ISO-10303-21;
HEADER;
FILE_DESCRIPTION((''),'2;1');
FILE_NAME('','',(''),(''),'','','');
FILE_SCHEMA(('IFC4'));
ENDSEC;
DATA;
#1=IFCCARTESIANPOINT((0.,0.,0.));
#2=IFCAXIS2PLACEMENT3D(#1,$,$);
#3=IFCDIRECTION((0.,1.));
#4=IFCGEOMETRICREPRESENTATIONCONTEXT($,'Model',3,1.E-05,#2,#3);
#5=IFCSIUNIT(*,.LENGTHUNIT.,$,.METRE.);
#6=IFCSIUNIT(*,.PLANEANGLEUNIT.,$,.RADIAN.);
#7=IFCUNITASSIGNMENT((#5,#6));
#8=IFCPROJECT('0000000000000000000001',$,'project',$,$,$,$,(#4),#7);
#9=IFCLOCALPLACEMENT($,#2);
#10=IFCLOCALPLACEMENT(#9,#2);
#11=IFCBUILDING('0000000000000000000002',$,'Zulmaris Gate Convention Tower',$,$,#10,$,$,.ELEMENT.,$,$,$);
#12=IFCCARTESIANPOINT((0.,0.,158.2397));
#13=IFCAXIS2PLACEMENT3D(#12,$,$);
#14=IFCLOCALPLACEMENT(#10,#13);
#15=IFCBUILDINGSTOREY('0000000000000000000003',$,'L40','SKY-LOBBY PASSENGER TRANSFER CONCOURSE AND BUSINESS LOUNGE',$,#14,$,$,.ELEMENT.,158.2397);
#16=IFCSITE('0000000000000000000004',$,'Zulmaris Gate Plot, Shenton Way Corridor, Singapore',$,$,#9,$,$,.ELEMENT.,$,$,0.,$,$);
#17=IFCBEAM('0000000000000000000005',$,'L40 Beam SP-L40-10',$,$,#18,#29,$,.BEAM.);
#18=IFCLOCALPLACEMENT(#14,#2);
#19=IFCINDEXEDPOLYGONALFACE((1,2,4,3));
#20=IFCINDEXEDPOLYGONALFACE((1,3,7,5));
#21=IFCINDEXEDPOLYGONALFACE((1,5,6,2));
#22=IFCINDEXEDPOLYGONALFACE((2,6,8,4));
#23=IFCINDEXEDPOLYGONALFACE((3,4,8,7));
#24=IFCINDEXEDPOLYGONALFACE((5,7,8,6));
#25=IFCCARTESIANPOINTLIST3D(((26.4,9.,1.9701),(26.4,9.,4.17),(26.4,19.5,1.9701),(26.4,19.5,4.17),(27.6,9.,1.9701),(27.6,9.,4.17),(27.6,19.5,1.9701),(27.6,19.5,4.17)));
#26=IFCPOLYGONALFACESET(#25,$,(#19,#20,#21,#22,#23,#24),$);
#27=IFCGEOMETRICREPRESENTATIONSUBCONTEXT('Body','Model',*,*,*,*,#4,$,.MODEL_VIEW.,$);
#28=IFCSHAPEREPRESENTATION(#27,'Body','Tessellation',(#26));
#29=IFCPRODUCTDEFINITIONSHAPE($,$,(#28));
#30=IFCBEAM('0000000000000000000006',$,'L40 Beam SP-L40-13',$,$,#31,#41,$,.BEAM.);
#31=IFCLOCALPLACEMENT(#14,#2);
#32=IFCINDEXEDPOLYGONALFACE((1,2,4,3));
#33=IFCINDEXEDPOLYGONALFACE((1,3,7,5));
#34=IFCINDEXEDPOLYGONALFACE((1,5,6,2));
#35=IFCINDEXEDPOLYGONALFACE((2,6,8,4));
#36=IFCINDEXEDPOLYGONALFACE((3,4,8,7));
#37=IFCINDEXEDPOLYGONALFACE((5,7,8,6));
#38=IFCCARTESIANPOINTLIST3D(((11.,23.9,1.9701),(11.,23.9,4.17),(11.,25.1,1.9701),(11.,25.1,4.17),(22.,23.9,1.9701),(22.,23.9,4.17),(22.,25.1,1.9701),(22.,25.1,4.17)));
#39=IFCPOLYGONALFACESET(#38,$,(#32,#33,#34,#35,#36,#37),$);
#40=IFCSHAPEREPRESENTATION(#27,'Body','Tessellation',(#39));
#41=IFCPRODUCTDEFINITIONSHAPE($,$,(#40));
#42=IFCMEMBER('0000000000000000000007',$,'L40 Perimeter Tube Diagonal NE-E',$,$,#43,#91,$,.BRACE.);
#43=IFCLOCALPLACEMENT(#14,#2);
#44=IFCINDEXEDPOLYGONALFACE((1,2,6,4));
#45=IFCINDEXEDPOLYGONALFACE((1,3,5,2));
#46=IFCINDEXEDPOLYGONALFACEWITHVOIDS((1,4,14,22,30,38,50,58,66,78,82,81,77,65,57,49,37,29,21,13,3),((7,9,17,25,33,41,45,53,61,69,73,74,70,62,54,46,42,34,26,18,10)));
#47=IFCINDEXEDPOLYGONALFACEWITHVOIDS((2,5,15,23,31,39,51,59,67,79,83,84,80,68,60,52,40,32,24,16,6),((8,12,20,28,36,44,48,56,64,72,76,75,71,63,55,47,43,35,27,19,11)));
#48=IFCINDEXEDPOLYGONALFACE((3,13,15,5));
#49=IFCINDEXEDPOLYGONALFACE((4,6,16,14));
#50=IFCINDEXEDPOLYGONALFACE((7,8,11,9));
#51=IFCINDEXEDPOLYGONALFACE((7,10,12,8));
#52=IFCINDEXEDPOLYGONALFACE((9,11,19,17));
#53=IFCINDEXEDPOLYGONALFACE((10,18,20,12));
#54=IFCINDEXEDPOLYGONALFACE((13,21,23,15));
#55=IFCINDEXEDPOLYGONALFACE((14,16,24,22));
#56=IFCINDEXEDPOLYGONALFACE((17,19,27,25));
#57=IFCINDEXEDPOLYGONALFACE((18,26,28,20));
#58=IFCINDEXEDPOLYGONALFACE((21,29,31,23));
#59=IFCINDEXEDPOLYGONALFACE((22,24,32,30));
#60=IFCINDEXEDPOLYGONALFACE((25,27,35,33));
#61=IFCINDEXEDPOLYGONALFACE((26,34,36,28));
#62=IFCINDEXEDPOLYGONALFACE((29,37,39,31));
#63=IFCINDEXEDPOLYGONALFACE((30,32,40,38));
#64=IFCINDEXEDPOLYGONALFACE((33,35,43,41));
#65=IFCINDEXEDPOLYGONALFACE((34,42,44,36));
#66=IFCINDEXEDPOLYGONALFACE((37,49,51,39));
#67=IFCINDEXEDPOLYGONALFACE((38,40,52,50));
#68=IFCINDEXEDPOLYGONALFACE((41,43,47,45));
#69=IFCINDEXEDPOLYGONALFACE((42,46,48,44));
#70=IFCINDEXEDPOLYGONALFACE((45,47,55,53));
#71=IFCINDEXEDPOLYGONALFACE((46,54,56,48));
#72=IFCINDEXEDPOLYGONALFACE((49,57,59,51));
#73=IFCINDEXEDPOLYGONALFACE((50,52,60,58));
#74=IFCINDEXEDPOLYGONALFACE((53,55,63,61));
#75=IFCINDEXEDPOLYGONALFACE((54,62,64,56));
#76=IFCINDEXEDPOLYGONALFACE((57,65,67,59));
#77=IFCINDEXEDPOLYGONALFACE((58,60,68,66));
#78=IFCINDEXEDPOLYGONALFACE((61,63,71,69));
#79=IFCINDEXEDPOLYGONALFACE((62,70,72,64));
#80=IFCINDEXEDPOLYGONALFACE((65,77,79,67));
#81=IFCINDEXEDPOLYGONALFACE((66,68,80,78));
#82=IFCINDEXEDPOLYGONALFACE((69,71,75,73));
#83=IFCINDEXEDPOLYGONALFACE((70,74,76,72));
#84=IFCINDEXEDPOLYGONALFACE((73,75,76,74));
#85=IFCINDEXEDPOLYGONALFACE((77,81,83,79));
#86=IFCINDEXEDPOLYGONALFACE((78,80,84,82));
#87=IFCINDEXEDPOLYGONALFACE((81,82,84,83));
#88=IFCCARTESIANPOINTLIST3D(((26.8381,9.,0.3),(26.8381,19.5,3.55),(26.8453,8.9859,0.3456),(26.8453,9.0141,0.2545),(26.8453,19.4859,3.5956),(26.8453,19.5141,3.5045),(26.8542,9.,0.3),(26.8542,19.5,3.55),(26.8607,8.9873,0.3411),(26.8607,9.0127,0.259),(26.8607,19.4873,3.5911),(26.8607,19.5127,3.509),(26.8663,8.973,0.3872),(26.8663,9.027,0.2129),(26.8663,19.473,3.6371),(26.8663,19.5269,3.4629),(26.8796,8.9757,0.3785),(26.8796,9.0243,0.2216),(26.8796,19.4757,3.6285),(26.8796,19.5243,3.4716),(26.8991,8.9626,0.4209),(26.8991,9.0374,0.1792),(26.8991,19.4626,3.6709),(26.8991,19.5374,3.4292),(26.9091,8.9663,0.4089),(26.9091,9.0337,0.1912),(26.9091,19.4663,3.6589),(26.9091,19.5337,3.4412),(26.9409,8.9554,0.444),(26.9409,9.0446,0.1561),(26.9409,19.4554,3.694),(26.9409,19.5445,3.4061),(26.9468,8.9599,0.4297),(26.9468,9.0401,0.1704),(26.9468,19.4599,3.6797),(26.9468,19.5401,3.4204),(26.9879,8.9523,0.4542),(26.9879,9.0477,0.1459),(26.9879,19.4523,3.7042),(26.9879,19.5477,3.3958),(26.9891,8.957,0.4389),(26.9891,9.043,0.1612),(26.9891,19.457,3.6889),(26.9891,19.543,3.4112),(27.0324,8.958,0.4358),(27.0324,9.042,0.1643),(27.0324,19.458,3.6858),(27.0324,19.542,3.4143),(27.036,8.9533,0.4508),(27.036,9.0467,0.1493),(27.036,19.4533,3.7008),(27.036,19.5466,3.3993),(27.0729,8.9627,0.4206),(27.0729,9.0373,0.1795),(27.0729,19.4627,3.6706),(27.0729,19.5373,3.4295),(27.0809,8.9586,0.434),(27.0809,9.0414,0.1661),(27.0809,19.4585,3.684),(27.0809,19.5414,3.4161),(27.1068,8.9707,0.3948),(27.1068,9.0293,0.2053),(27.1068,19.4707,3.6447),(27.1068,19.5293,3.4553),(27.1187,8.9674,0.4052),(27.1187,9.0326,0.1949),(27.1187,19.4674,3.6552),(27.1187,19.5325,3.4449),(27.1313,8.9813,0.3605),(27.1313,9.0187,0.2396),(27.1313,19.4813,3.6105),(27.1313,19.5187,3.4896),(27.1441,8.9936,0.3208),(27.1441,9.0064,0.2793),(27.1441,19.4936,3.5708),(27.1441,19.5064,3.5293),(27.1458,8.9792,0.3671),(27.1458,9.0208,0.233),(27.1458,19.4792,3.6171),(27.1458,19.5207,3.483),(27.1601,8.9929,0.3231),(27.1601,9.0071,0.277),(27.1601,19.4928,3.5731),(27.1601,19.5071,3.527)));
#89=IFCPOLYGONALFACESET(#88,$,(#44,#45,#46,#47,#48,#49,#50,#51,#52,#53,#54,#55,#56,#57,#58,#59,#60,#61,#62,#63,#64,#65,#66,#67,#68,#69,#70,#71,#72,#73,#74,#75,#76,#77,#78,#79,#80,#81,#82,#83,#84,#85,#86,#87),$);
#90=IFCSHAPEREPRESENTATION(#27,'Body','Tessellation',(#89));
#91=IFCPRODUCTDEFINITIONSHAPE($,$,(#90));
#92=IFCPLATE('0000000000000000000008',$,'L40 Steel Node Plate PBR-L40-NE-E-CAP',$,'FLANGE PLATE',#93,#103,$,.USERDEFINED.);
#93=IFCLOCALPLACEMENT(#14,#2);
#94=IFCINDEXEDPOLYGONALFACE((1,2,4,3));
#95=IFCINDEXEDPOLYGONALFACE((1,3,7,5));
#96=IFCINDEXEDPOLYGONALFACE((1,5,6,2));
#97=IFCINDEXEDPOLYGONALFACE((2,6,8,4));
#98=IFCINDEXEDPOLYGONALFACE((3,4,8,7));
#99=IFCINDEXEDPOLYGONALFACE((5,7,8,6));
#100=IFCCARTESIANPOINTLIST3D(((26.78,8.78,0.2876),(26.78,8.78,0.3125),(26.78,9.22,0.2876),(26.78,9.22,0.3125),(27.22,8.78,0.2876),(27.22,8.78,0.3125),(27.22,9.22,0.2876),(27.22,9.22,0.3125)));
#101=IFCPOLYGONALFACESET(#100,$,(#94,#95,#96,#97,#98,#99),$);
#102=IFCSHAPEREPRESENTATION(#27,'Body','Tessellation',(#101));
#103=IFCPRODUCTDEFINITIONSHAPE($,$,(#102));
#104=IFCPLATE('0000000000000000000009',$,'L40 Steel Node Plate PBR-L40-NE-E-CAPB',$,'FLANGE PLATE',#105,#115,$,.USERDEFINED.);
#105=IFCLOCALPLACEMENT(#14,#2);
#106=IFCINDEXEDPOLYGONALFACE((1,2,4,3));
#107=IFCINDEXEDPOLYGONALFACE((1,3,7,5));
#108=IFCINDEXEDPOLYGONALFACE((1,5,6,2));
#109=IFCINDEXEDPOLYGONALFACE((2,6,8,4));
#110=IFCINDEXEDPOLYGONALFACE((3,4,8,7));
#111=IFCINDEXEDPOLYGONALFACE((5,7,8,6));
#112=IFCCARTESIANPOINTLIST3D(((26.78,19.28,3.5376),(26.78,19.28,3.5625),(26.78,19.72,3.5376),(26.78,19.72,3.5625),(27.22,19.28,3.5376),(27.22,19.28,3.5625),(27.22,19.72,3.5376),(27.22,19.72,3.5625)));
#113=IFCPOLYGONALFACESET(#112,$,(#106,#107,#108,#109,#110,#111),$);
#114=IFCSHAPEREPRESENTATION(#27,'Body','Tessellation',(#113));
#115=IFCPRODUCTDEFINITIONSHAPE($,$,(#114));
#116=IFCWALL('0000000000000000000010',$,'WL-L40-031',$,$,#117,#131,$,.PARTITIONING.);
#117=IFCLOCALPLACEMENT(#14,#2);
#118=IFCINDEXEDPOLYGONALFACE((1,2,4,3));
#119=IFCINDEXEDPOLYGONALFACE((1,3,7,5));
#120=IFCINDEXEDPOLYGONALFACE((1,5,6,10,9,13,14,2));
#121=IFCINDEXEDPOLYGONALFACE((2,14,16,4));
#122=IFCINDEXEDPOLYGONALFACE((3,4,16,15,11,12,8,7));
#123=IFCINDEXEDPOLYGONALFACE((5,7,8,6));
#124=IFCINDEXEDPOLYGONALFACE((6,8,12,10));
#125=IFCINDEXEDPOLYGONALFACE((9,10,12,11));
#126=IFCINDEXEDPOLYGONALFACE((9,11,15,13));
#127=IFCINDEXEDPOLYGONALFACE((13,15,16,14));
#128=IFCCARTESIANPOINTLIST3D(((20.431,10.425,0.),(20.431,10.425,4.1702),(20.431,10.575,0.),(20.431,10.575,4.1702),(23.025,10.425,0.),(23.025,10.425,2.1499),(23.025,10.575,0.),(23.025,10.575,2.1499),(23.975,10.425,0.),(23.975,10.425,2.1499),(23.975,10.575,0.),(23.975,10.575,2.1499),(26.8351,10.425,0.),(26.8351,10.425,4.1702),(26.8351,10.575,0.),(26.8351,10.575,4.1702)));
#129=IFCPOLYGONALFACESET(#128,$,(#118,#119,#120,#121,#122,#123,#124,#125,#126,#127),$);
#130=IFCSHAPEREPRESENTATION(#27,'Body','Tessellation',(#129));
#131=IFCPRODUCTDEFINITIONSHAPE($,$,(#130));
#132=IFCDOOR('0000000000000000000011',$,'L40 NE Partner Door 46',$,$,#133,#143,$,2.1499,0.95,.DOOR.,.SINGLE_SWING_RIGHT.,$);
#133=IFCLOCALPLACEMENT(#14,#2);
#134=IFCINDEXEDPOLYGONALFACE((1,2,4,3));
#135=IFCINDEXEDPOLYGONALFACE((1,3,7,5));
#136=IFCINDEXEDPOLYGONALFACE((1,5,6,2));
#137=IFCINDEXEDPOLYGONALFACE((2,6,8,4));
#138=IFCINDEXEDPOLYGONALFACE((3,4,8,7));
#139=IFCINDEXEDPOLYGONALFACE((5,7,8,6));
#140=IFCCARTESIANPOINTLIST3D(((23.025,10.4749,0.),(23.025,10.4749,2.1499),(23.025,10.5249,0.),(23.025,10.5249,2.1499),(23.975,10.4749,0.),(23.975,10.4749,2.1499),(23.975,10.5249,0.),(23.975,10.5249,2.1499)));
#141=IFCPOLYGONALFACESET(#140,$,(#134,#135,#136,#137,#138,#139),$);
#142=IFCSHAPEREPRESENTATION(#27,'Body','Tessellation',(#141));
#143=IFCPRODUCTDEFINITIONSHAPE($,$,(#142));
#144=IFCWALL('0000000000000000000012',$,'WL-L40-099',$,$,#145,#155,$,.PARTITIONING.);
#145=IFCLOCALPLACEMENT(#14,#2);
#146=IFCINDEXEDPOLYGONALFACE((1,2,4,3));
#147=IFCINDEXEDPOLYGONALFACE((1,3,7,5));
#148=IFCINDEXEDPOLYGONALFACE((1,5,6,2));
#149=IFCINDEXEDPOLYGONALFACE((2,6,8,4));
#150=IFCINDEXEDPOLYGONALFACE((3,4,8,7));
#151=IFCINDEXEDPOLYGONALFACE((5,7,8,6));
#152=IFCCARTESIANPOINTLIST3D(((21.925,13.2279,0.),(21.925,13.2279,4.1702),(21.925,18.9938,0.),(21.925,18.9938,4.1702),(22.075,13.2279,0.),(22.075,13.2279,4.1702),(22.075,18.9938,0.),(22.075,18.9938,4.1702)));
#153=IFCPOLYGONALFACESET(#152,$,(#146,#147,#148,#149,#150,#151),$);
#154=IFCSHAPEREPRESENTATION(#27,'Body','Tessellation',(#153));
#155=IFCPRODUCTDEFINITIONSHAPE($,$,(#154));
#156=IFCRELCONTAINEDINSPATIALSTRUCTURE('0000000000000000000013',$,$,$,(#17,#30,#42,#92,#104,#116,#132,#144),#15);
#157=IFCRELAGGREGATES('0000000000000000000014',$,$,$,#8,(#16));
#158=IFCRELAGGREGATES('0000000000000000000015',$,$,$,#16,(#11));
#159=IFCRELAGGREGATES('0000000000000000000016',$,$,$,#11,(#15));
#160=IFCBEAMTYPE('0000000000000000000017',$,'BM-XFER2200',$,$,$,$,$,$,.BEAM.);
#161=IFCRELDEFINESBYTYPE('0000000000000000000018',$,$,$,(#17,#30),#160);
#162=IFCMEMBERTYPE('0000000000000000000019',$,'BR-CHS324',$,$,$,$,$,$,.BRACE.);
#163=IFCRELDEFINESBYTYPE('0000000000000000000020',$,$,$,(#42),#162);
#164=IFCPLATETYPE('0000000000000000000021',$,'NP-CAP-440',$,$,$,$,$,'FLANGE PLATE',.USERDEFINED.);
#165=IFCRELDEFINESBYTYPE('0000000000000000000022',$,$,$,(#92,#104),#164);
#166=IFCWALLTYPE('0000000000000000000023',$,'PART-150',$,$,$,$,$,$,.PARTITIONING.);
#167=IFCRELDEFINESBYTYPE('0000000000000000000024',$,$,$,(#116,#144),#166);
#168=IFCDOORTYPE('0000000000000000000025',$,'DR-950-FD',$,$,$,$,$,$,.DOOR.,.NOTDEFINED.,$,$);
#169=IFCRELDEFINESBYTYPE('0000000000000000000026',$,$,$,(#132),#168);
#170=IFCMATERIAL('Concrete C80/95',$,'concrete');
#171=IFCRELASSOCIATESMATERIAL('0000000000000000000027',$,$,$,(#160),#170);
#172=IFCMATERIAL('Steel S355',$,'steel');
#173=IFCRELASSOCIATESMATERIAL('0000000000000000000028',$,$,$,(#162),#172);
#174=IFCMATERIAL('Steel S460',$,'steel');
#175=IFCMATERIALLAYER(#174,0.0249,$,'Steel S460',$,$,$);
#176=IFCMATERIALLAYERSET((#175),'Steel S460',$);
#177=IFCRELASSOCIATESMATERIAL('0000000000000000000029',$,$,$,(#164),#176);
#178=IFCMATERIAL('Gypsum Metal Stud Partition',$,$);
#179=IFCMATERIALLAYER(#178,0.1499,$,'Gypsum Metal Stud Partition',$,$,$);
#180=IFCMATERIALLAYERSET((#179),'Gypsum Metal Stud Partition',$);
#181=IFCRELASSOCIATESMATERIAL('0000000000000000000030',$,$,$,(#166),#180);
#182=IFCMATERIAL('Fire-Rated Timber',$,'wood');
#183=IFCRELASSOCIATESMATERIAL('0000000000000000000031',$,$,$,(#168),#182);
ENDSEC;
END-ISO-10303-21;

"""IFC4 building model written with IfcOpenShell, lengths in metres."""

from ifc_helpers import new_model, si_unit, direction, frame, frame_2d, origin, origin_2d, place, context, subcontext, project, spatial, rectangle, hollow_circle, extrude, material, layer, layer_set, material_profile, profile_set, type_object, element, fill, save


model = new_model("IFC4")

# Units and contexts
model_context = context("Model", 3, precision=1e-05, world=origin(), true_north=direction((0.0, 1.0)))
body_context = subcontext(model_context, "Body", "Model", "MODEL_VIEW")
ifc_project = project(units=[si_unit("LENGTHUNIT", "METRE"), si_unit("PLANEANGLEUNIT", "RADIAN")], contexts=[model_context])

# Site, building, storey
site_placement = place(None, origin())
site = spatial("IfcSite", under=ifc_project, at=site_placement, Name="Zulmaris Gate Plot, Shenton Way Corridor, Singapore", CompositionType="ELEMENT", RefElevation=0.0)
building_placement = place(site_placement, origin())
building = spatial("IfcBuilding", under=site, at=building_placement, Name="Zulmaris Gate Convention Tower", CompositionType="ELEMENT")
storey_placement = place(building_placement, frame((0.0, 0.0, 158.2397)))
storey = spatial("IfcBuildingStorey", under=building, at=storey_placement, Name="L40", Description="SKY-LOBBY PASSENGER TRANSFER CONCOURSE AND BUSINESS LOUNGE", CompositionType="ELEMENT", Elevation=158.2397)

# Beams
ifc_material_1 = material(Name="Steel S355", Category="steel")
ifc_material_2 = material(Name="Concrete C80/95", Category="concrete")
ifc_material_profile_1 = material_profile(ifc_material_2, rectangle(XDim=1.2, YDim=2.2, at=origin_2d()), Name="RC TRANSFER 1200x2200")
ifc_profile_set_1 = profile_set([ifc_material_profile_1], Name="Concrete C80/95")
beam_type_1 = type_object("IfcBeamType", Name="BM-XFER2200", PredefinedType="BEAM", material=ifc_profile_set_1)
beam_1_placement = place(storey_placement, frame((27.0, 9.0, 3.0701), z_axis=(0.0, 1.0, 0.0), x_axis=(-1.0, 0.0, 0.0)))
element("IfcBeam", 1, at=beam_1_placement, inside=storey, type_object=beam_type_1, Name="L40 Beam SP-L40-10", PredefinedType="BEAM", context=body_context, shape_type="SweptSolid", body=[
    extrude(rectangle(XDim=1.2, YDim=2.2, at=origin_2d()), origin(), (0.0, 0.0, 1.0), 10.5),
])
beam_2_placement = place(storey_placement, frame((22.0, 24.5, 3.0701), z_axis=(-1.0, 0.0, 0.0), x_axis=(0.0, -1.0, 0.0)))
element("IfcBeam", 2, at=beam_2_placement, inside=storey, type_object=beam_type_1, Name="L40 Beam SP-L40-13", PredefinedType="BEAM", context=body_context, shape_type="SweptSolid", body=[
    extrude(rectangle(XDim=1.2, YDim=2.2, at=origin_2d()), origin(), (0.0, 0.0, 1.0), 11.0),
])

# Member
ifc_material_profile_2 = material_profile(ifc_material_1, hollow_circle(Radius=0.1619, WallThickness=0.0161, at=origin_2d()), Name="CHS 323.9x16")
ifc_profile_set_2 = profile_set([ifc_material_profile_2], Name="Steel S355")
member_type = type_object("IfcMemberType", Name="BR-CHS324", PredefinedType="BRACE", material=ifc_profile_set_2)
member_placement = place(storey_placement, frame((27.0, 9.0, 0.3), z_axis=(0.0, 0.955286, 0.295684), x_axis=(-1.0, 0.0, 0.0)))
element("IfcMember", 3, at=member_placement, inside=storey, type_object=member_type, Name="L40 Perimeter Tube Diagonal NE-E", PredefinedType="BRACE", context=body_context, shape_type="SweptSolid", body=[
    extrude(hollow_circle(Radius=0.1619, WallThickness=0.0161, at=origin_2d()), origin(), (0.0, 0.0, 1.0), 10.9915),
])

# Plates
ifc_material_3 = material(Name="Steel S460", Category="steel")
ifc_layer_1 = layer(ifc_material_3, 0.0249, Name="Steel S460")
ifc_layer_set_1 = layer_set([ifc_layer_1], Name="Steel S460")
plate_type = type_object("IfcPlateType", Name="NP-CAP-440", ElementType="FLANGE PLATE", PredefinedType="USERDEFINED", material=ifc_layer_set_1)
for number, where, z_axis, x_axis, name in (
    (4, (27.0, 9.0, 0.2876), (0.0, 0.0, 1.0), (1.0, 0.0, 0.0), "L40 Steel Node Plate PBR-L40-NE-E-CAP"),
    (5, (27.0, 19.5, 3.5376), (0.0, 0.0, 1.0), (1.0, 0.0, 0.0), "L40 Steel Node Plate PBR-L40-NE-E-CAPB"),
):
    element("IfcPlate", number, at=place(storey_placement, frame(where, z_axis=z_axis, x_axis=x_axis)), inside=storey, type_object=plate_type, Name=name, ObjectType="FLANGE PLATE", PredefinedType="USERDEFINED", context=body_context, shape_type="SweptSolid", body=[
        extrude(rectangle(XDim=0.4399, YDim=0.4399, at=origin_2d()), origin(), (0.0, 0.0, 1.0), 0.0249),
    ])

# Wall, opening, door
ifc_material_4 = material(Name="Gypsum Metal Stud Partition")
ifc_layer_2 = layer(ifc_material_4, 0.1499, Name="Gypsum Metal Stud Partition")
ifc_layer_set_2 = layer_set([ifc_layer_2], Name="Gypsum Metal Stud Partition")
wall_type_1 = type_object("IfcWallType", Name="PART-150", PredefinedType="PARTITIONING", material=ifc_layer_set_2)
wall_1_placement = place(storey_placement, frame((20.4309, 10.5, 0.0), z_axis=(0.0, 0.0, 1.0), x_axis=(1.0, 0.0, 0.0)))
wall_1 = element("IfcWall", 6, at=wall_1_placement, inside=storey, type_object=wall_type_1, Name="WL-L40-031", PredefinedType="PARTITIONING", context=body_context, shape_type="SweptSolid", body=[
    extrude(rectangle(XDim=6.4041, YDim=0.1499, at=frame_2d((3.2021, 0.0))), origin(), (0.0, 0.0, 1.0), 4.1702),
])
opening_1_placement = place(wall_1_placement, frame((2.594, 0.0, 0.0)))
opening_1 = element("IfcOpeningElement", 7, at=opening_1_placement, cuts=wall_1, PredefinedType="OPENING", context=body_context, shape_type="SweptSolid", body=[
    extrude(rectangle(XDim=0.95, YDim=2.1499, at=frame_2d((0.4751, 1.075))), frame((0.0, 0.085, 0.0), z_axis=(0.0, -1.0, 0.0), x_axis=(1.0, 0.0, 0.0)), (0.0, 0.0, 1.0), 0.1699),
])
ifc_material_5 = material(Name="Fire-Rated Timber", Category="wood")
door_type = type_object("IfcDoorType", Name="DR-950-FD", OperationType="NOTDEFINED", PredefinedType="DOOR", material=ifc_material_5)
door_1_placement = place(opening_1_placement, origin())
door_1 = element("IfcDoor", 8, at=door_1_placement, inside=storey, type_object=door_type, Name="L40 NE Partner Door 46", OperationType="SINGLE_SWING_RIGHT", OverallHeight=2.1499, OverallWidth=0.95, PredefinedType="DOOR", context=body_context, shape_type="SweptSolid", body=[
    extrude(rectangle(XDim=0.95, YDim=2.1499, at=frame_2d((0.4751, 1.075))), frame((0.0, 0.0249, 0.0), z_axis=(0.0, -1.0, 0.0), x_axis=(1.0, 0.0, 0.0)), (0.0, 0.0, 1.0), 0.05),
])
fill(opening_1, door_1)

# Wall
wall_2_placement = place(storey_placement, frame((22.0, 13.228, 0.0), z_axis=(0.0, 0.0, 1.0), x_axis=(0.0, 1.0, 0.0)))
element("IfcWall", 9, at=wall_2_placement, inside=storey, type_object=wall_type_1, Name="WL-L40-099", PredefinedType="PARTITIONING", context=body_context, shape_type="SweptSolid", body=[
    extrude(rectangle(XDim=5.7659, YDim=0.1499, at=frame_2d((2.8828, 0.0))), origin(), (0.0, 0.0, 1.0), 4.1702),
])

save(model, "model.ifc")
